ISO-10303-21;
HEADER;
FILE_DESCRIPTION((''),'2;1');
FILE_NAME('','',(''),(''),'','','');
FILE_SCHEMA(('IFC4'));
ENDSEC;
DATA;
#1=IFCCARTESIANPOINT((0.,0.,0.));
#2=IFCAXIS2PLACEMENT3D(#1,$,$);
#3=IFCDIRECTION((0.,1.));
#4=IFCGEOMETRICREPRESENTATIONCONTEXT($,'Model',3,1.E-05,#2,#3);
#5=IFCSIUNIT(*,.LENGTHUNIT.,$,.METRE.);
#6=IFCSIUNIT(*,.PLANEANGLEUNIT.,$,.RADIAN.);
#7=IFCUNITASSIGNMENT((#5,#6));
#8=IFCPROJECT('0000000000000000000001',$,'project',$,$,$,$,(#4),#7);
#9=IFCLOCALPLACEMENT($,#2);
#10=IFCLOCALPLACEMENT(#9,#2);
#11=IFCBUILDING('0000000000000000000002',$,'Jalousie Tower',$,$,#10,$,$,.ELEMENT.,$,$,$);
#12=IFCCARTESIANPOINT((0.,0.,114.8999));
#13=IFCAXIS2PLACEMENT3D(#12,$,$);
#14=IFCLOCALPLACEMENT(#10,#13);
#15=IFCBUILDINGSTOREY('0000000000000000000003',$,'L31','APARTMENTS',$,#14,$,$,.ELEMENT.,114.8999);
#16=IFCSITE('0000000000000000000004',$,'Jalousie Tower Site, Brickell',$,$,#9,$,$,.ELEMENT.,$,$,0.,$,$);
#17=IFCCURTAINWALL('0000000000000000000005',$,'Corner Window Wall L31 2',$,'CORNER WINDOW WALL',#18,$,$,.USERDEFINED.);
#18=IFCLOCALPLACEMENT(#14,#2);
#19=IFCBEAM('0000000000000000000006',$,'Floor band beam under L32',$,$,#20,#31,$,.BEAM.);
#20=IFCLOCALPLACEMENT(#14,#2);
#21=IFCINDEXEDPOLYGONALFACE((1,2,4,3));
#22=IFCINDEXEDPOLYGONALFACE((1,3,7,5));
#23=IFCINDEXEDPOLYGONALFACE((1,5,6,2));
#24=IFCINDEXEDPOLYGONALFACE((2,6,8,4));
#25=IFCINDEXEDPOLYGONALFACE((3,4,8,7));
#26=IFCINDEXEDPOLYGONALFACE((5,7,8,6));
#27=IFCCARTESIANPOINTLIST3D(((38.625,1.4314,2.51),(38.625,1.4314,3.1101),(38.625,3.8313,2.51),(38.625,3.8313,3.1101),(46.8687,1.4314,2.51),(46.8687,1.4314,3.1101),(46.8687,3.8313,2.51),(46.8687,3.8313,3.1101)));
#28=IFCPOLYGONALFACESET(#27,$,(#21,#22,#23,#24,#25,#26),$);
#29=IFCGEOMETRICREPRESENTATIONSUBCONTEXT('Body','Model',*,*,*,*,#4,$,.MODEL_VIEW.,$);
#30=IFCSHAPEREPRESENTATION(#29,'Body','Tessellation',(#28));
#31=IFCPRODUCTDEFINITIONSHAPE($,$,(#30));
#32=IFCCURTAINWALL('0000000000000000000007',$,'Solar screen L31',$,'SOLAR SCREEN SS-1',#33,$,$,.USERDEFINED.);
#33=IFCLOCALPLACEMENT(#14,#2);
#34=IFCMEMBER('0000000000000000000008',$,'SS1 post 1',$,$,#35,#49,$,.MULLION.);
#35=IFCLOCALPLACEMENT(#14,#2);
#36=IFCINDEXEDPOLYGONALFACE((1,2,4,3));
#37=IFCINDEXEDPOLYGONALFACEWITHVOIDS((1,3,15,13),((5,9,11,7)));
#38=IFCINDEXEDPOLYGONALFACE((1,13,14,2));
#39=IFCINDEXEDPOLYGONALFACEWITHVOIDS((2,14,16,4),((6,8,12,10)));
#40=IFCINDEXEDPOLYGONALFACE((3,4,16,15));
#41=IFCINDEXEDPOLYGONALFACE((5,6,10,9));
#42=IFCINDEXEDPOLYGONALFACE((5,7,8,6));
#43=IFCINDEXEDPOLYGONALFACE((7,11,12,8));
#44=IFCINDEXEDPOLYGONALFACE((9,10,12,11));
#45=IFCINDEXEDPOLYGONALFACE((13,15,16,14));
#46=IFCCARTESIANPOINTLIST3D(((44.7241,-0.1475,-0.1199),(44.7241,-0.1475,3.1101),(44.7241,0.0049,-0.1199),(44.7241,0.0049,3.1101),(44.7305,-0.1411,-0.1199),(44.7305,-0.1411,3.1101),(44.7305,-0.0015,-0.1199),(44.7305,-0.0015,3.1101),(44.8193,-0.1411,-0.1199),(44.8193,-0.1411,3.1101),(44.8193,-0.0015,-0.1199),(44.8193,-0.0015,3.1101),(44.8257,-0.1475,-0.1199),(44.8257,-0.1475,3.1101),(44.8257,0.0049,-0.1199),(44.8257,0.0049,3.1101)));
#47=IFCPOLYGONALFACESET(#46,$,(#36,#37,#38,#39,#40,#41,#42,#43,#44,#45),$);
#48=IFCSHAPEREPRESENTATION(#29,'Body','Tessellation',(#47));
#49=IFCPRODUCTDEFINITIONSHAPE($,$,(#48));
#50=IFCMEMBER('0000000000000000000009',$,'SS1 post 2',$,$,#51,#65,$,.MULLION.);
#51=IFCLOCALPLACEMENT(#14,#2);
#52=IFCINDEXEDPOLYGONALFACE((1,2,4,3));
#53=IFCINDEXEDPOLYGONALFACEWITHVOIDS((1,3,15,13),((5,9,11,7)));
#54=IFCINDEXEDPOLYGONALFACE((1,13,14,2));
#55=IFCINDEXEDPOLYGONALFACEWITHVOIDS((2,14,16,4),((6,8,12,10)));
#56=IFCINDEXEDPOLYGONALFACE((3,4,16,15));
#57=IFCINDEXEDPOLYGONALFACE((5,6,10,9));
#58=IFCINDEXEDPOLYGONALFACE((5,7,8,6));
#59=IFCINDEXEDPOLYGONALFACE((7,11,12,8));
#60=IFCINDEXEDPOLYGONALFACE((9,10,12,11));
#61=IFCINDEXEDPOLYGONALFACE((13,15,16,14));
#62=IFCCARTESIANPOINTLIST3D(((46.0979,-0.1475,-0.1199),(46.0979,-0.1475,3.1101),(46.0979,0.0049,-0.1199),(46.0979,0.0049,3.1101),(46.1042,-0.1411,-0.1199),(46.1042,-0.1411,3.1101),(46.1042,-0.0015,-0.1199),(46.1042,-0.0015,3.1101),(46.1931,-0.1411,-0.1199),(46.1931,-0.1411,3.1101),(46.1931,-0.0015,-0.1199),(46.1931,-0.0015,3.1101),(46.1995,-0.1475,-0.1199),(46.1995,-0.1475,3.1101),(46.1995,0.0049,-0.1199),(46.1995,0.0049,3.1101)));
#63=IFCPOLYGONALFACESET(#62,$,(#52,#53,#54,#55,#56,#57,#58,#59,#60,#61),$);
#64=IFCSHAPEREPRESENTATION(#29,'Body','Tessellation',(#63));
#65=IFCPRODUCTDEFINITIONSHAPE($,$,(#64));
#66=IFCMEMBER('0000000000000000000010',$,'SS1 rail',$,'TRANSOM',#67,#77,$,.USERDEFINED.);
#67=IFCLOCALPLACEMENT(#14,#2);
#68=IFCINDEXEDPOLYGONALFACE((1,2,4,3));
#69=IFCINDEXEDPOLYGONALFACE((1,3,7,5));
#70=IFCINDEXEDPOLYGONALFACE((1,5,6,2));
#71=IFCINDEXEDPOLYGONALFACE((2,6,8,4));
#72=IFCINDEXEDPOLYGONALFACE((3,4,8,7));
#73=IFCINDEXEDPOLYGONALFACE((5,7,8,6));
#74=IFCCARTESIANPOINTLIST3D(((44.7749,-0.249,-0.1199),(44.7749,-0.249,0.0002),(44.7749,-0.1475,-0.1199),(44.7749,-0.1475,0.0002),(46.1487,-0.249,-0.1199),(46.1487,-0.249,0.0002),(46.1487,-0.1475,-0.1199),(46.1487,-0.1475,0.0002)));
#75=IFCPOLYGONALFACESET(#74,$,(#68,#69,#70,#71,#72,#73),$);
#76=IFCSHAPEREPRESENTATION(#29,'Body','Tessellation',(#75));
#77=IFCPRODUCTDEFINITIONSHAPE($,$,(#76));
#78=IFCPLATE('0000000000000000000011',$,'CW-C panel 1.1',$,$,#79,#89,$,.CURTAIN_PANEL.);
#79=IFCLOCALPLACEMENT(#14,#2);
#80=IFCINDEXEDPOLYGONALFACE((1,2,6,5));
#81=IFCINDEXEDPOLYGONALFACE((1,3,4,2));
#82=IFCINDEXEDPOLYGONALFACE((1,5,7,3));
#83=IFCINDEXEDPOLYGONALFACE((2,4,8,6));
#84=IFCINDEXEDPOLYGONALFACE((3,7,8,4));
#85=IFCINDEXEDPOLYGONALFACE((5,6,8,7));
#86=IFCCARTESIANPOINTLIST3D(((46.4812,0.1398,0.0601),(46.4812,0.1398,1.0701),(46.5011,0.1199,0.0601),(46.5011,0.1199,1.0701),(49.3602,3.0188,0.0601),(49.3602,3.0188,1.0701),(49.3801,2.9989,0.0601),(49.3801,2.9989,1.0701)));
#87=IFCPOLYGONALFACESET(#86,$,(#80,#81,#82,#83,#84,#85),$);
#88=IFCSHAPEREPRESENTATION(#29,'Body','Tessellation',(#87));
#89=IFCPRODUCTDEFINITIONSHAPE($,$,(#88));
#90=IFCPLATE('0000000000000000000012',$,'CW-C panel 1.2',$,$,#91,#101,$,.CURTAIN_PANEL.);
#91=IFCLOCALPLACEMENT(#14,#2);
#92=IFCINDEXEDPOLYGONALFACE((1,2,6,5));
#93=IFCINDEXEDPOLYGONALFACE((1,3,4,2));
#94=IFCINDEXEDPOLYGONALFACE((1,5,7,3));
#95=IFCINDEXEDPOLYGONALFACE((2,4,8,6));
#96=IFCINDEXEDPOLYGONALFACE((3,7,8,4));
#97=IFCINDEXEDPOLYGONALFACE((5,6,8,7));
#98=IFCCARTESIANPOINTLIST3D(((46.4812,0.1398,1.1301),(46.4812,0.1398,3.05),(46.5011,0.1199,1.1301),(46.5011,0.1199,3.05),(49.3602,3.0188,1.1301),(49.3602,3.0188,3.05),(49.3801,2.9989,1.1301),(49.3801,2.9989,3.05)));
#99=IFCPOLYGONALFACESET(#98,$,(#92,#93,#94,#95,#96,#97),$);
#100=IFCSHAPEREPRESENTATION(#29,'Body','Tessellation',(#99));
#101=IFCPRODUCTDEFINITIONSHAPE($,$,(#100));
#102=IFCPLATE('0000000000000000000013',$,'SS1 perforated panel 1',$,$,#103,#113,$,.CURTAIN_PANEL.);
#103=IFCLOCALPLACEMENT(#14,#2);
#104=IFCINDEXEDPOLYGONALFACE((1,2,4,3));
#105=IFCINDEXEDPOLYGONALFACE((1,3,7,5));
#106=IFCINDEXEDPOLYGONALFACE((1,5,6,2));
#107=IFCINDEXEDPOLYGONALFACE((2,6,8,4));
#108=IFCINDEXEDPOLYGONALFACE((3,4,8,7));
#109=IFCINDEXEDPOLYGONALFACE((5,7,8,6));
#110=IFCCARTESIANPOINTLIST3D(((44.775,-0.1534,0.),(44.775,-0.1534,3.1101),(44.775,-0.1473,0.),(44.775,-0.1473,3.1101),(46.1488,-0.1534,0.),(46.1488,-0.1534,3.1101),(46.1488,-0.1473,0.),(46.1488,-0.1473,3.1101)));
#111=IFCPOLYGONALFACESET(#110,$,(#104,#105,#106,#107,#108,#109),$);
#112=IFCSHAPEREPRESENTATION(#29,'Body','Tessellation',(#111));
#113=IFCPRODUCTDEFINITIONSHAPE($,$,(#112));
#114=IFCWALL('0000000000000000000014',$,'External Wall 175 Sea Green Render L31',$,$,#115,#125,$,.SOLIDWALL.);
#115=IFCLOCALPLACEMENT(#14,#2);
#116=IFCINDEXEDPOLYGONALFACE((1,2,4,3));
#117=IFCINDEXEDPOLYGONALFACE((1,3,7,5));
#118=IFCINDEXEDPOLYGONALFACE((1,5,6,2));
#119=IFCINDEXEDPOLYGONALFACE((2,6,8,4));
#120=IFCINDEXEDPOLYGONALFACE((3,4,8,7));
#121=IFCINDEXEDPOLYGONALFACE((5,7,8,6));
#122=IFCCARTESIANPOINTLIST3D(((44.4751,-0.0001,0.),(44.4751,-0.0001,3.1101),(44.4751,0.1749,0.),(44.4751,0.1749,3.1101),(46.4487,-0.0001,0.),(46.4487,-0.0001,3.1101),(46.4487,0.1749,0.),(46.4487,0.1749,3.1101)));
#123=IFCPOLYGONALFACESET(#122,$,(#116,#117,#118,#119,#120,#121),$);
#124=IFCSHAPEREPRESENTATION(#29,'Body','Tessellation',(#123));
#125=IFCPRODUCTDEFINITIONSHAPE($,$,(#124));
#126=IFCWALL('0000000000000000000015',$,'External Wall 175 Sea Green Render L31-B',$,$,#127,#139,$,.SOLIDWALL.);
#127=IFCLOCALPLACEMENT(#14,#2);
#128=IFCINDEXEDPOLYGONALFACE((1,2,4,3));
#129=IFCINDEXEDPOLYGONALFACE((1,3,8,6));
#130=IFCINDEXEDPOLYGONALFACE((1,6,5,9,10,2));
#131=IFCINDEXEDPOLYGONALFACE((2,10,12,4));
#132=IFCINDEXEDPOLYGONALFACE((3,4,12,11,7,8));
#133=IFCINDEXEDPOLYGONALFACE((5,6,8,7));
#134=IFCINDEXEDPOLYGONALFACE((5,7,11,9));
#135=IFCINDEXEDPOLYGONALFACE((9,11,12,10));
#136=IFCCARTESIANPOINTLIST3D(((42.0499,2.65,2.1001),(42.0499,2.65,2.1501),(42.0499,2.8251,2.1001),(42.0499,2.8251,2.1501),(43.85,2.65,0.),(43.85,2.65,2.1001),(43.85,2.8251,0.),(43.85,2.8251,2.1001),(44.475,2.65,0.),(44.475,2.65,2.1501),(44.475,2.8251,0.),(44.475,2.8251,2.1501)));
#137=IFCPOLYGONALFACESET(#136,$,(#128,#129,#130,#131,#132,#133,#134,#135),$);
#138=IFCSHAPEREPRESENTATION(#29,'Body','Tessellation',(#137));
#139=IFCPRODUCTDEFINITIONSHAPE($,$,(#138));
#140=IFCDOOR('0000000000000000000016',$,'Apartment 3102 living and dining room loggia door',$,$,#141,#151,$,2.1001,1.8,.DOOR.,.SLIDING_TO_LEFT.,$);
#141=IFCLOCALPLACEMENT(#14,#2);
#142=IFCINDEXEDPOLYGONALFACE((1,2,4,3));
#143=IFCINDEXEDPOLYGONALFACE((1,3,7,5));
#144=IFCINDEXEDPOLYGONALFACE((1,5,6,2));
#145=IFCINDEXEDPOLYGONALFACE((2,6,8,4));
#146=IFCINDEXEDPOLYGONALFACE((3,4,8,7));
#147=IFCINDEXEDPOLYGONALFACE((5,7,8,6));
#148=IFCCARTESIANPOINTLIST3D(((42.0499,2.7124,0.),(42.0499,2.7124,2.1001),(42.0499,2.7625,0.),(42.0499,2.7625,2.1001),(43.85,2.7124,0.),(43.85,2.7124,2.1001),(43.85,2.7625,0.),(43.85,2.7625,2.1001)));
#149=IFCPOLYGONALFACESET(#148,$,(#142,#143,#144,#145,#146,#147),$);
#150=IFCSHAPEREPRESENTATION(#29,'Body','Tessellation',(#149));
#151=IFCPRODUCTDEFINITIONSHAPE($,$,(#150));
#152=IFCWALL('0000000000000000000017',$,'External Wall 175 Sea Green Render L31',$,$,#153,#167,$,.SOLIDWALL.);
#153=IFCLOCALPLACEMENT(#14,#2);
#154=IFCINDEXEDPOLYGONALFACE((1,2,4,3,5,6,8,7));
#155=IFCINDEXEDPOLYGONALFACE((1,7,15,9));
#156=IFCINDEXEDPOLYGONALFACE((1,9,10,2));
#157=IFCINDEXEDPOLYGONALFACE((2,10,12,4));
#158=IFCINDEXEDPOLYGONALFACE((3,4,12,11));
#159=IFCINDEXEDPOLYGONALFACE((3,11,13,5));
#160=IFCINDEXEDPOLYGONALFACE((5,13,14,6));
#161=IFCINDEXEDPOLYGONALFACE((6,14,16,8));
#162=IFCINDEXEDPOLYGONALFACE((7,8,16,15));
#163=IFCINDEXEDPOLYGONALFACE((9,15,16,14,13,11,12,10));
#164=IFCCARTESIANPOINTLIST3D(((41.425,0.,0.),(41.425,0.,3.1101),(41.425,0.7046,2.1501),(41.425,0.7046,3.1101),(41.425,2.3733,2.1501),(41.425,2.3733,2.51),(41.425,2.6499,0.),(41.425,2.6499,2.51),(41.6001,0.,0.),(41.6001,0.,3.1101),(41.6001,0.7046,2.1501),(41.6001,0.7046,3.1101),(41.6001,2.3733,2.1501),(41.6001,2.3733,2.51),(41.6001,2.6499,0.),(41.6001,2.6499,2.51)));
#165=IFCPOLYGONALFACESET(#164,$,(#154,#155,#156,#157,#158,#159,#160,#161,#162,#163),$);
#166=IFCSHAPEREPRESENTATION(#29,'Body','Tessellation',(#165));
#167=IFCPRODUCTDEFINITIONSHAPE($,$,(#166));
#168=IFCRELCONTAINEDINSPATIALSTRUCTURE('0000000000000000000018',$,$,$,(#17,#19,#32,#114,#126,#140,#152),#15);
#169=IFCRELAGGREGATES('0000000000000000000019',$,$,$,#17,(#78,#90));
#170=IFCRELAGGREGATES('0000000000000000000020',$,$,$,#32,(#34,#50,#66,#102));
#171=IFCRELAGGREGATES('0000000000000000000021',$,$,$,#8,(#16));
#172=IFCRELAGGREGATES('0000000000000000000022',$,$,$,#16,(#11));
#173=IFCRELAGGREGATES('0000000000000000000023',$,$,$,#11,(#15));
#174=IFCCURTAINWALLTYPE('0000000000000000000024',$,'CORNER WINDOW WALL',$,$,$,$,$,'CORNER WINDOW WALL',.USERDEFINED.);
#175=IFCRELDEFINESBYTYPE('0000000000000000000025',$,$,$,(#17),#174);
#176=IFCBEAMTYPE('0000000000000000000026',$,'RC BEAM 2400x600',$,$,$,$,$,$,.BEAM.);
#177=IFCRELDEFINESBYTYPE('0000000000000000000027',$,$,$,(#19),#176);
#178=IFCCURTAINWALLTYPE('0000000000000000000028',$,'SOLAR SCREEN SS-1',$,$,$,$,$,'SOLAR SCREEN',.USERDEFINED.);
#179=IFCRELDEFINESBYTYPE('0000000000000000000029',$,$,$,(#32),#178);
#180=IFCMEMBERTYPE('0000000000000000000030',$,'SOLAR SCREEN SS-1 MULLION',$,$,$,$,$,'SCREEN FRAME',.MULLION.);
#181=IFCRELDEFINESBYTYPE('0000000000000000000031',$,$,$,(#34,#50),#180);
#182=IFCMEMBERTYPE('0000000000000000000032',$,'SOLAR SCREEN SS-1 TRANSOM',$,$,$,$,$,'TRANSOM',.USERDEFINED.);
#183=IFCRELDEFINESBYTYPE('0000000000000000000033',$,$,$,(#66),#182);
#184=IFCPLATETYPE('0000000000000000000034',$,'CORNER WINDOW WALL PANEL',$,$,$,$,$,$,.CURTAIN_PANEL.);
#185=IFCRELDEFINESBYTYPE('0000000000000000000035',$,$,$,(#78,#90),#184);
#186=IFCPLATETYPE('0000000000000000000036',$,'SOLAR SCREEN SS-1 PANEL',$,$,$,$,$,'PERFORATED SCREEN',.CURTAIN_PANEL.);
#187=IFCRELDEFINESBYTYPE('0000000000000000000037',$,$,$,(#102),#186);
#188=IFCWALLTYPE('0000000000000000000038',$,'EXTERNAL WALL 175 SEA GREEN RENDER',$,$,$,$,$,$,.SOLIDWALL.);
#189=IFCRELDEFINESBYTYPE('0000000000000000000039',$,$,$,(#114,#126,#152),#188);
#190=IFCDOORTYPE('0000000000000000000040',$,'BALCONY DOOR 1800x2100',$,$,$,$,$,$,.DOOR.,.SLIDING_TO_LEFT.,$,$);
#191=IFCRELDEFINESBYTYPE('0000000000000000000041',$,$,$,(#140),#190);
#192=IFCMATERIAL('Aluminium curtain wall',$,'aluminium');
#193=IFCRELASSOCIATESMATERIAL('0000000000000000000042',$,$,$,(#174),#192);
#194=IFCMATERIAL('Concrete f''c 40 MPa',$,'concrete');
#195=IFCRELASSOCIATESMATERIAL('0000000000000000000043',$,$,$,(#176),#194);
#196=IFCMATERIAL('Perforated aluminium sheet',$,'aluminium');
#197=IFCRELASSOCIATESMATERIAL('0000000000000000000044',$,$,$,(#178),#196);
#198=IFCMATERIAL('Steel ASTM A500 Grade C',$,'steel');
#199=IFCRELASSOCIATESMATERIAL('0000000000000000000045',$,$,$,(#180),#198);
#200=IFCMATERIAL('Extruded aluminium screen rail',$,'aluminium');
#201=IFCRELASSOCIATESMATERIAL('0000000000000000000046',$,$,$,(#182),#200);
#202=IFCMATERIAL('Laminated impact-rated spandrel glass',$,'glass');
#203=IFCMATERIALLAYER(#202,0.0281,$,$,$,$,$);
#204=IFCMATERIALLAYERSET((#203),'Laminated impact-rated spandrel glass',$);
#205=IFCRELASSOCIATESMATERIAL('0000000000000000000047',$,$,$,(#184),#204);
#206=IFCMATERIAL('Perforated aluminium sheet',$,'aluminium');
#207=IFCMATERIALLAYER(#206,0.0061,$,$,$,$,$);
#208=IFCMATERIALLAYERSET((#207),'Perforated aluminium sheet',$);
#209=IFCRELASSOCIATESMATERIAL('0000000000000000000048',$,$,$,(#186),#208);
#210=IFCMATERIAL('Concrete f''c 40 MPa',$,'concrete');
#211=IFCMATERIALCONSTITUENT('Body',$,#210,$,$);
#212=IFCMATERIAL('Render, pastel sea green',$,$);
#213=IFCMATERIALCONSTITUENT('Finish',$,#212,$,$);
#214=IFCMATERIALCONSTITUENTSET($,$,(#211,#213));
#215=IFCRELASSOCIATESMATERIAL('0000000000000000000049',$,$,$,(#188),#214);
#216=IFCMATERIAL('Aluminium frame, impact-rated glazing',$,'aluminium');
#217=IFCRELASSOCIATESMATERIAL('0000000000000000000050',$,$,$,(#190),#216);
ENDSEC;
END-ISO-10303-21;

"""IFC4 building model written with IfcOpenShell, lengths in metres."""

from ifc_helpers import new_model, si_unit, direction, frame, frame_2d, origin, origin_2d, place, context, subcontext, project, spatial, polyline, rectangle, hollow_rectangle, outline, extrude, material, layer, layer_set, constituent, constituent_set, material_profile, profile_set, type_object, element, fill, aggregate, save


model = new_model("IFC4")

# Units and contexts
model_context = context("Model", 3, precision=1e-05, world=origin(), true_north=direction((0.0, 1.0)))
body_context = subcontext(model_context, "Body", "Model", "MODEL_VIEW")
ifc_project = project(units=[si_unit("LENGTHUNIT", "METRE"), si_unit("PLANEANGLEUNIT", "RADIAN")], contexts=[model_context])

# Site, building, storey
site_placement = place(None, origin())
site = spatial("IfcSite", under=ifc_project, at=site_placement, Name="Jalousie Tower Site, Brickell", CompositionType="ELEMENT", RefElevation=0.0)
building_placement = place(site_placement, origin())
building = spatial("IfcBuilding", under=site, at=building_placement, Name="Jalousie Tower", CompositionType="ELEMENT")
storey_placement = place(building_placement, frame((0.0, 0.0, 114.8999)))
storey = spatial("IfcBuildingStorey", under=building, at=storey_placement, Name="L31", Description="APARTMENTS", CompositionType="ELEMENT", Elevation=114.8999)

# Curtain wall
ifc_material_1 = material(Name="Aluminium curtain wall", Category="aluminium")
curtain_wall_type_1 = type_object("IfcCurtainWallType", Name="CORNER WINDOW WALL", ElementType="CORNER WINDOW WALL", PredefinedType="USERDEFINED", material=ifc_material_1)
curtain_wall_1_placement = place(storey_placement, origin())
curtain_wall_1 = element("IfcCurtainWall", 1, at=curtain_wall_1_placement, inside=storey, type_object=curtain_wall_type_1, Name="Corner Window Wall L31 2", ObjectType="CORNER WINDOW WALL", PredefinedType="USERDEFINED")

# Beam
ifc_material_2 = material(Name="Concrete f'c 40 MPa", Category="concrete")
ifc_material_profile_1 = material_profile(ifc_material_2, rectangle(XDim=2.3999, YDim=0.6001, at=origin_2d()), Name="RC 2400x600")
ifc_profile_set_1 = profile_set([ifc_material_profile_1], Name="Concrete f'c 40 MPa")
beam_type_1 = type_object("IfcBeamType", Name="RC BEAM 2400x600", PredefinedType="BEAM", material=ifc_profile_set_1)
beam_1_placement = place(storey_placement, frame((46.8687, 2.6313, 2.8101), z_axis=(-1.0, 0.0, 0.0), x_axis=(0.0, -1.0, 0.0)))
element("IfcBeam", 2, at=beam_1_placement, inside=storey, type_object=beam_type_1, Name="Floor band beam under L32", PredefinedType="BEAM", context=body_context, shape_type="SweptSolid", body=[
    extrude(rectangle(XDim=2.3999, YDim=0.6001, at=origin_2d()), origin(), (0.0, 0.0, 1.0), 8.2437),
])

# Curtain wall, members
ifc_material_3 = material(Name="Perforated aluminium sheet", Category="aluminium")
curtain_wall_type_2 = type_object("IfcCurtainWallType", Name="SOLAR SCREEN SS-1", ElementType="SOLAR SCREEN", PredefinedType="USERDEFINED", material=ifc_material_3)
curtain_wall_2_placement = place(storey_placement, origin())
curtain_wall_2 = element("IfcCurtainWall", 3, at=curtain_wall_2_placement, inside=storey, type_object=curtain_wall_type_2, Name="Solar screen L31", ObjectType="SOLAR SCREEN SS-1", PredefinedType="USERDEFINED")
ifc_material_4 = material(Name="Steel ASTM A500 Grade C", Category="steel")
ifc_material_profile_2 = material_profile(ifc_material_4, hollow_rectangle(XDim=0.1016, YDim=0.1523, WallThickness=0.0063, at=origin_2d()), Name="HSS6X4X1/4")
ifc_profile_set_2 = profile_set([ifc_material_profile_2], Name="Steel ASTM A500 Grade C")
member_type_1 = type_object("IfcMemberType", Name="SOLAR SCREEN SS-1 MULLION", ElementType="SCREEN FRAME", PredefinedType="MULLION", material=ifc_profile_set_2)
member_1_placement = place(storey_placement, frame((44.7749, -0.0713, -0.1199), z_axis=(0.0, 0.0, 1.0), x_axis=(1.0, 0.0, 0.0)))
member_1 = element("IfcMember", 4, at=member_1_placement, type_object=member_type_1, Name="SS1 post 1", PredefinedType="MULLION", context=body_context, shape_type="SweptSolid", body=[
    extrude(hollow_rectangle(XDim=0.1016, YDim=0.1523, WallThickness=0.0063, at=origin_2d()), origin(), (0.0, 0.0, 1.0), 3.23),
])
member_2_placement = place(storey_placement, frame((46.1487, -0.0713, -0.1199), z_axis=(0.0, 0.0, 1.0), x_axis=(1.0, 0.0, 0.0)))
member_2 = element("IfcMember", 5, at=member_2_placement, type_object=member_type_1, Name="SS1 post 2", PredefinedType="MULLION", context=body_context, shape_type="SweptSolid", body=[
    extrude(hollow_rectangle(XDim=0.1016, YDim=0.1523, WallThickness=0.0063, at=origin_2d()), origin(), (0.0, 0.0, 1.0), 3.23),
])
ifc_material_5 = material(Name="Extruded aluminium screen rail", Category="aluminium")
ifc_material_profile_3 = material_profile(ifc_material_5, rectangle(XDim=0.1016, YDim=0.1201, at=origin_2d()), Name="RAIL 102x120")
ifc_profile_set_3 = profile_set([ifc_material_profile_3], Name="Extruded aluminium screen rail")
member_type_2 = type_object("IfcMemberType", Name="SOLAR SCREEN SS-1 TRANSOM", ElementType="TRANSOM", PredefinedType="USERDEFINED", material=ifc_profile_set_3)
member_3_placement = place(storey_placement, frame((44.7749, -0.1982, -0.0598), z_axis=(1.0, 0.0, 0.0), x_axis=(0.0, 1.0, 0.0)))
member_3 = element("IfcMember", 6, at=member_3_placement, type_object=member_type_2, Name="SS1 rail", ObjectType="TRANSOM", PredefinedType="USERDEFINED", context=body_context, shape_type="SweptSolid", body=[
    extrude(rectangle(XDim=0.1016, YDim=0.1201, at=origin_2d()), origin(), (0.0, 0.0, 1.0), 1.3738),
])

# Plates
ifc_material_6 = material(Name="Laminated impact-rated spandrel glass", Category="glass")
ifc_layer_1 = layer(ifc_material_6, 0.0281)
ifc_layer_set_1 = layer_set([ifc_layer_1], Name="Laminated impact-rated spandrel glass")
plate_type_1 = type_object("IfcPlateType", Name="CORNER WINDOW WALL PANEL", PredefinedType="CURTAIN_PANEL", material=ifc_layer_set_1)
plate_1_placement = place(storey_placement, frame((47.9307, 1.5693, 0.0601), z_axis=(0.0, 0.0, 1.0), x_axis=(0.707107, 0.707107, 0.0)))
plate_1 = element("IfcPlate", 7, at=plate_1_placement, type_object=plate_type_1, Name="CW-C panel 1.1", PredefinedType="CURTAIN_PANEL", context=body_context, shape_type="SweptSolid", body=[
    extrude(rectangle(XDim=4.0715, YDim=0.0281, at=origin_2d()), origin(), (0.0, 0.0, 1.0), 1.01),
])
plate_2_placement = place(storey_placement, frame((47.9307, 1.5693, 1.1301), z_axis=(0.0, 0.0, 1.0), x_axis=(0.707107, 0.707107, 0.0)))
plate_2 = element("IfcPlate", 8, at=plate_2_placement, type_object=plate_type_1, Name="CW-C panel 1.2", PredefinedType="CURTAIN_PANEL", context=body_context, shape_type="SweptSolid", body=[
    extrude(rectangle(XDim=4.0715, YDim=0.0281, at=origin_2d()), origin(), (0.0, 0.0, 1.0), 1.9199),
])
aggregate(curtain_wall_1, [plate_1, plate_2])
ifc_material_7 = material(Name="Perforated aluminium sheet", Category="aluminium")
ifc_layer_2 = layer(ifc_material_7, 0.0061)
ifc_layer_set_2 = layer_set([ifc_layer_2], Name="Perforated aluminium sheet")
plate_type_2 = type_object("IfcPlateType", Name="SOLAR SCREEN SS-1 PANEL", ElementType="PERFORATED SCREEN", PredefinedType="CURTAIN_PANEL", material=ifc_layer_set_2)
plate_3_placement = place(storey_placement, frame((45.4619, -0.1504, 0.0), z_axis=(0.0, 0.0, 1.0), x_axis=(1.0, 0.0, 0.0)))
plate_3 = element("IfcPlate", 9, at=plate_3_placement, type_object=plate_type_2, Name="SS1 perforated panel 1", PredefinedType="CURTAIN_PANEL", context=body_context, shape_type="SweptSolid", body=[
    extrude(rectangle(XDim=1.3738, YDim=0.0061, at=origin_2d()), origin(), (0.0, 0.0, 1.0), 3.1101),
])
aggregate(curtain_wall_2, [member_1, member_2, member_3, plate_3])

# Wall
ifc_material_8 = material(Name="Concrete f'c 40 MPa", Category="concrete")
ifc_constituent_1 = constituent(ifc_material_8, Name="Body")
ifc_material_9 = material(Name="Render, pastel sea green")
ifc_constituent_2 = constituent(ifc_material_9, Name="Finish")
ifc_constituent_set = constituent_set(constituents=[ifc_constituent_1, ifc_constituent_2])
wall_type = type_object("IfcWallType", Name="EXTERNAL WALL 175 SEA GREEN RENDER", PredefinedType="SOLIDWALL", material=ifc_constituent_set)
wall_1_placement = place(storey_placement, frame((44.4751, 0.0874, 0.0), z_axis=(0.0, 0.0, 1.0), x_axis=(1.0, 0.0, 0.0)))
element("IfcWall", 10, at=wall_1_placement, inside=storey, type_object=wall_type, Name="External Wall 175 Sea Green Render L31", PredefinedType="SOLIDWALL", context=body_context, shape_type="SweptSolid", body=[
    extrude(rectangle(XDim=1.9736, YDim=0.175, at=frame_2d((0.9868, 0.0))), origin(), (0.0, 0.0, 1.0), 3.1101),
])

# Wall, opening, door
wall_2_placement = place(storey_placement, frame((42.05, 2.7375, 0.0), z_axis=(0.0, 0.0, 1.0), x_axis=(1.0, 0.0, 0.0)))
wall_2 = element("IfcWall", 11, at=wall_2_placement, inside=storey, type_object=wall_type, Name="External Wall 175 Sea Green Render L31-B", PredefinedType="SOLIDWALL", context=body_context, shape_type="SweptSolid", body=[
    extrude(rectangle(XDim=2.425, YDim=0.175, at=frame_2d((1.2124, 0.0))), origin(), (0.0, 0.0, 1.0), 2.1501),
])
opening_placement = place(wall_2_placement, origin())
opening = element("IfcOpeningElement", 12, at=opening_placement, cuts=wall_2, PredefinedType="OPENING", context=body_context, shape_type="SweptSolid", body=[
    extrude(rectangle(XDim=1.8, YDim=2.1001, at=frame_2d((0.8999, 1.05))), frame((0.0, 0.0974, 0.0), z_axis=(0.0, -1.0, 0.0), x_axis=(1.0, 0.0, 0.0)), (0.0, 0.0, 1.0), 0.1951),
])
ifc_material_10 = material(Name="Aluminium frame, impact-rated glazing", Category="aluminium")
door_type = type_object("IfcDoorType", Name="BALCONY DOOR 1800x2100", OperationType="SLIDING_TO_LEFT", PredefinedType="DOOR", material=ifc_material_10)
door_placement = place(opening_placement, origin())
door = element("IfcDoor", 13, at=door_placement, inside=storey, type_object=door_type, Name="Apartment 3102 living and dining room loggia door", OperationType="SLIDING_TO_LEFT", OverallHeight=2.1001, OverallWidth=1.8, PredefinedType="DOOR", context=body_context, shape_type="SweptSolid", body=[
    extrude(rectangle(XDim=1.8, YDim=2.1001, at=frame_2d((0.8999, 1.05))), frame((0.0, 0.0249, 0.0), z_axis=(0.0, -1.0, 0.0), x_axis=(1.0, 0.0, 0.0)), (0.0, 0.0, 1.0), 0.05),
])
fill(opening, door)

# Wall
wall_3_placement = place(storey_placement, frame((41.5125, 0.0, 0.0), z_axis=(0.0, 0.0, 1.0), x_axis=(0.0, 1.0, 0.0)))
element("IfcWall", 14, at=wall_3_placement, inside=storey, type_object=wall_type, Name="External Wall 175 Sea Green Render L31", PredefinedType="SOLIDWALL", context=body_context, shape_type="SweptSolid", body=[
    extrude(outline(polyline([(0.0, 0.0), (2.6499, 0.0), (2.6499, 2.51), (2.3733, 2.51), (2.3733, 2.1501), (0.7046, 2.1501), (0.7046, 3.1101), (0.0, 3.1101), (0.0, 0.0)])), frame((0.0, 0.0874, 0.0), z_axis=(0.0, -1.0, 0.0), x_axis=(1.0, 0.0, 0.0)), (0.0, 0.0, 1.0), 0.175),
])

save(model, "model.ifc")
